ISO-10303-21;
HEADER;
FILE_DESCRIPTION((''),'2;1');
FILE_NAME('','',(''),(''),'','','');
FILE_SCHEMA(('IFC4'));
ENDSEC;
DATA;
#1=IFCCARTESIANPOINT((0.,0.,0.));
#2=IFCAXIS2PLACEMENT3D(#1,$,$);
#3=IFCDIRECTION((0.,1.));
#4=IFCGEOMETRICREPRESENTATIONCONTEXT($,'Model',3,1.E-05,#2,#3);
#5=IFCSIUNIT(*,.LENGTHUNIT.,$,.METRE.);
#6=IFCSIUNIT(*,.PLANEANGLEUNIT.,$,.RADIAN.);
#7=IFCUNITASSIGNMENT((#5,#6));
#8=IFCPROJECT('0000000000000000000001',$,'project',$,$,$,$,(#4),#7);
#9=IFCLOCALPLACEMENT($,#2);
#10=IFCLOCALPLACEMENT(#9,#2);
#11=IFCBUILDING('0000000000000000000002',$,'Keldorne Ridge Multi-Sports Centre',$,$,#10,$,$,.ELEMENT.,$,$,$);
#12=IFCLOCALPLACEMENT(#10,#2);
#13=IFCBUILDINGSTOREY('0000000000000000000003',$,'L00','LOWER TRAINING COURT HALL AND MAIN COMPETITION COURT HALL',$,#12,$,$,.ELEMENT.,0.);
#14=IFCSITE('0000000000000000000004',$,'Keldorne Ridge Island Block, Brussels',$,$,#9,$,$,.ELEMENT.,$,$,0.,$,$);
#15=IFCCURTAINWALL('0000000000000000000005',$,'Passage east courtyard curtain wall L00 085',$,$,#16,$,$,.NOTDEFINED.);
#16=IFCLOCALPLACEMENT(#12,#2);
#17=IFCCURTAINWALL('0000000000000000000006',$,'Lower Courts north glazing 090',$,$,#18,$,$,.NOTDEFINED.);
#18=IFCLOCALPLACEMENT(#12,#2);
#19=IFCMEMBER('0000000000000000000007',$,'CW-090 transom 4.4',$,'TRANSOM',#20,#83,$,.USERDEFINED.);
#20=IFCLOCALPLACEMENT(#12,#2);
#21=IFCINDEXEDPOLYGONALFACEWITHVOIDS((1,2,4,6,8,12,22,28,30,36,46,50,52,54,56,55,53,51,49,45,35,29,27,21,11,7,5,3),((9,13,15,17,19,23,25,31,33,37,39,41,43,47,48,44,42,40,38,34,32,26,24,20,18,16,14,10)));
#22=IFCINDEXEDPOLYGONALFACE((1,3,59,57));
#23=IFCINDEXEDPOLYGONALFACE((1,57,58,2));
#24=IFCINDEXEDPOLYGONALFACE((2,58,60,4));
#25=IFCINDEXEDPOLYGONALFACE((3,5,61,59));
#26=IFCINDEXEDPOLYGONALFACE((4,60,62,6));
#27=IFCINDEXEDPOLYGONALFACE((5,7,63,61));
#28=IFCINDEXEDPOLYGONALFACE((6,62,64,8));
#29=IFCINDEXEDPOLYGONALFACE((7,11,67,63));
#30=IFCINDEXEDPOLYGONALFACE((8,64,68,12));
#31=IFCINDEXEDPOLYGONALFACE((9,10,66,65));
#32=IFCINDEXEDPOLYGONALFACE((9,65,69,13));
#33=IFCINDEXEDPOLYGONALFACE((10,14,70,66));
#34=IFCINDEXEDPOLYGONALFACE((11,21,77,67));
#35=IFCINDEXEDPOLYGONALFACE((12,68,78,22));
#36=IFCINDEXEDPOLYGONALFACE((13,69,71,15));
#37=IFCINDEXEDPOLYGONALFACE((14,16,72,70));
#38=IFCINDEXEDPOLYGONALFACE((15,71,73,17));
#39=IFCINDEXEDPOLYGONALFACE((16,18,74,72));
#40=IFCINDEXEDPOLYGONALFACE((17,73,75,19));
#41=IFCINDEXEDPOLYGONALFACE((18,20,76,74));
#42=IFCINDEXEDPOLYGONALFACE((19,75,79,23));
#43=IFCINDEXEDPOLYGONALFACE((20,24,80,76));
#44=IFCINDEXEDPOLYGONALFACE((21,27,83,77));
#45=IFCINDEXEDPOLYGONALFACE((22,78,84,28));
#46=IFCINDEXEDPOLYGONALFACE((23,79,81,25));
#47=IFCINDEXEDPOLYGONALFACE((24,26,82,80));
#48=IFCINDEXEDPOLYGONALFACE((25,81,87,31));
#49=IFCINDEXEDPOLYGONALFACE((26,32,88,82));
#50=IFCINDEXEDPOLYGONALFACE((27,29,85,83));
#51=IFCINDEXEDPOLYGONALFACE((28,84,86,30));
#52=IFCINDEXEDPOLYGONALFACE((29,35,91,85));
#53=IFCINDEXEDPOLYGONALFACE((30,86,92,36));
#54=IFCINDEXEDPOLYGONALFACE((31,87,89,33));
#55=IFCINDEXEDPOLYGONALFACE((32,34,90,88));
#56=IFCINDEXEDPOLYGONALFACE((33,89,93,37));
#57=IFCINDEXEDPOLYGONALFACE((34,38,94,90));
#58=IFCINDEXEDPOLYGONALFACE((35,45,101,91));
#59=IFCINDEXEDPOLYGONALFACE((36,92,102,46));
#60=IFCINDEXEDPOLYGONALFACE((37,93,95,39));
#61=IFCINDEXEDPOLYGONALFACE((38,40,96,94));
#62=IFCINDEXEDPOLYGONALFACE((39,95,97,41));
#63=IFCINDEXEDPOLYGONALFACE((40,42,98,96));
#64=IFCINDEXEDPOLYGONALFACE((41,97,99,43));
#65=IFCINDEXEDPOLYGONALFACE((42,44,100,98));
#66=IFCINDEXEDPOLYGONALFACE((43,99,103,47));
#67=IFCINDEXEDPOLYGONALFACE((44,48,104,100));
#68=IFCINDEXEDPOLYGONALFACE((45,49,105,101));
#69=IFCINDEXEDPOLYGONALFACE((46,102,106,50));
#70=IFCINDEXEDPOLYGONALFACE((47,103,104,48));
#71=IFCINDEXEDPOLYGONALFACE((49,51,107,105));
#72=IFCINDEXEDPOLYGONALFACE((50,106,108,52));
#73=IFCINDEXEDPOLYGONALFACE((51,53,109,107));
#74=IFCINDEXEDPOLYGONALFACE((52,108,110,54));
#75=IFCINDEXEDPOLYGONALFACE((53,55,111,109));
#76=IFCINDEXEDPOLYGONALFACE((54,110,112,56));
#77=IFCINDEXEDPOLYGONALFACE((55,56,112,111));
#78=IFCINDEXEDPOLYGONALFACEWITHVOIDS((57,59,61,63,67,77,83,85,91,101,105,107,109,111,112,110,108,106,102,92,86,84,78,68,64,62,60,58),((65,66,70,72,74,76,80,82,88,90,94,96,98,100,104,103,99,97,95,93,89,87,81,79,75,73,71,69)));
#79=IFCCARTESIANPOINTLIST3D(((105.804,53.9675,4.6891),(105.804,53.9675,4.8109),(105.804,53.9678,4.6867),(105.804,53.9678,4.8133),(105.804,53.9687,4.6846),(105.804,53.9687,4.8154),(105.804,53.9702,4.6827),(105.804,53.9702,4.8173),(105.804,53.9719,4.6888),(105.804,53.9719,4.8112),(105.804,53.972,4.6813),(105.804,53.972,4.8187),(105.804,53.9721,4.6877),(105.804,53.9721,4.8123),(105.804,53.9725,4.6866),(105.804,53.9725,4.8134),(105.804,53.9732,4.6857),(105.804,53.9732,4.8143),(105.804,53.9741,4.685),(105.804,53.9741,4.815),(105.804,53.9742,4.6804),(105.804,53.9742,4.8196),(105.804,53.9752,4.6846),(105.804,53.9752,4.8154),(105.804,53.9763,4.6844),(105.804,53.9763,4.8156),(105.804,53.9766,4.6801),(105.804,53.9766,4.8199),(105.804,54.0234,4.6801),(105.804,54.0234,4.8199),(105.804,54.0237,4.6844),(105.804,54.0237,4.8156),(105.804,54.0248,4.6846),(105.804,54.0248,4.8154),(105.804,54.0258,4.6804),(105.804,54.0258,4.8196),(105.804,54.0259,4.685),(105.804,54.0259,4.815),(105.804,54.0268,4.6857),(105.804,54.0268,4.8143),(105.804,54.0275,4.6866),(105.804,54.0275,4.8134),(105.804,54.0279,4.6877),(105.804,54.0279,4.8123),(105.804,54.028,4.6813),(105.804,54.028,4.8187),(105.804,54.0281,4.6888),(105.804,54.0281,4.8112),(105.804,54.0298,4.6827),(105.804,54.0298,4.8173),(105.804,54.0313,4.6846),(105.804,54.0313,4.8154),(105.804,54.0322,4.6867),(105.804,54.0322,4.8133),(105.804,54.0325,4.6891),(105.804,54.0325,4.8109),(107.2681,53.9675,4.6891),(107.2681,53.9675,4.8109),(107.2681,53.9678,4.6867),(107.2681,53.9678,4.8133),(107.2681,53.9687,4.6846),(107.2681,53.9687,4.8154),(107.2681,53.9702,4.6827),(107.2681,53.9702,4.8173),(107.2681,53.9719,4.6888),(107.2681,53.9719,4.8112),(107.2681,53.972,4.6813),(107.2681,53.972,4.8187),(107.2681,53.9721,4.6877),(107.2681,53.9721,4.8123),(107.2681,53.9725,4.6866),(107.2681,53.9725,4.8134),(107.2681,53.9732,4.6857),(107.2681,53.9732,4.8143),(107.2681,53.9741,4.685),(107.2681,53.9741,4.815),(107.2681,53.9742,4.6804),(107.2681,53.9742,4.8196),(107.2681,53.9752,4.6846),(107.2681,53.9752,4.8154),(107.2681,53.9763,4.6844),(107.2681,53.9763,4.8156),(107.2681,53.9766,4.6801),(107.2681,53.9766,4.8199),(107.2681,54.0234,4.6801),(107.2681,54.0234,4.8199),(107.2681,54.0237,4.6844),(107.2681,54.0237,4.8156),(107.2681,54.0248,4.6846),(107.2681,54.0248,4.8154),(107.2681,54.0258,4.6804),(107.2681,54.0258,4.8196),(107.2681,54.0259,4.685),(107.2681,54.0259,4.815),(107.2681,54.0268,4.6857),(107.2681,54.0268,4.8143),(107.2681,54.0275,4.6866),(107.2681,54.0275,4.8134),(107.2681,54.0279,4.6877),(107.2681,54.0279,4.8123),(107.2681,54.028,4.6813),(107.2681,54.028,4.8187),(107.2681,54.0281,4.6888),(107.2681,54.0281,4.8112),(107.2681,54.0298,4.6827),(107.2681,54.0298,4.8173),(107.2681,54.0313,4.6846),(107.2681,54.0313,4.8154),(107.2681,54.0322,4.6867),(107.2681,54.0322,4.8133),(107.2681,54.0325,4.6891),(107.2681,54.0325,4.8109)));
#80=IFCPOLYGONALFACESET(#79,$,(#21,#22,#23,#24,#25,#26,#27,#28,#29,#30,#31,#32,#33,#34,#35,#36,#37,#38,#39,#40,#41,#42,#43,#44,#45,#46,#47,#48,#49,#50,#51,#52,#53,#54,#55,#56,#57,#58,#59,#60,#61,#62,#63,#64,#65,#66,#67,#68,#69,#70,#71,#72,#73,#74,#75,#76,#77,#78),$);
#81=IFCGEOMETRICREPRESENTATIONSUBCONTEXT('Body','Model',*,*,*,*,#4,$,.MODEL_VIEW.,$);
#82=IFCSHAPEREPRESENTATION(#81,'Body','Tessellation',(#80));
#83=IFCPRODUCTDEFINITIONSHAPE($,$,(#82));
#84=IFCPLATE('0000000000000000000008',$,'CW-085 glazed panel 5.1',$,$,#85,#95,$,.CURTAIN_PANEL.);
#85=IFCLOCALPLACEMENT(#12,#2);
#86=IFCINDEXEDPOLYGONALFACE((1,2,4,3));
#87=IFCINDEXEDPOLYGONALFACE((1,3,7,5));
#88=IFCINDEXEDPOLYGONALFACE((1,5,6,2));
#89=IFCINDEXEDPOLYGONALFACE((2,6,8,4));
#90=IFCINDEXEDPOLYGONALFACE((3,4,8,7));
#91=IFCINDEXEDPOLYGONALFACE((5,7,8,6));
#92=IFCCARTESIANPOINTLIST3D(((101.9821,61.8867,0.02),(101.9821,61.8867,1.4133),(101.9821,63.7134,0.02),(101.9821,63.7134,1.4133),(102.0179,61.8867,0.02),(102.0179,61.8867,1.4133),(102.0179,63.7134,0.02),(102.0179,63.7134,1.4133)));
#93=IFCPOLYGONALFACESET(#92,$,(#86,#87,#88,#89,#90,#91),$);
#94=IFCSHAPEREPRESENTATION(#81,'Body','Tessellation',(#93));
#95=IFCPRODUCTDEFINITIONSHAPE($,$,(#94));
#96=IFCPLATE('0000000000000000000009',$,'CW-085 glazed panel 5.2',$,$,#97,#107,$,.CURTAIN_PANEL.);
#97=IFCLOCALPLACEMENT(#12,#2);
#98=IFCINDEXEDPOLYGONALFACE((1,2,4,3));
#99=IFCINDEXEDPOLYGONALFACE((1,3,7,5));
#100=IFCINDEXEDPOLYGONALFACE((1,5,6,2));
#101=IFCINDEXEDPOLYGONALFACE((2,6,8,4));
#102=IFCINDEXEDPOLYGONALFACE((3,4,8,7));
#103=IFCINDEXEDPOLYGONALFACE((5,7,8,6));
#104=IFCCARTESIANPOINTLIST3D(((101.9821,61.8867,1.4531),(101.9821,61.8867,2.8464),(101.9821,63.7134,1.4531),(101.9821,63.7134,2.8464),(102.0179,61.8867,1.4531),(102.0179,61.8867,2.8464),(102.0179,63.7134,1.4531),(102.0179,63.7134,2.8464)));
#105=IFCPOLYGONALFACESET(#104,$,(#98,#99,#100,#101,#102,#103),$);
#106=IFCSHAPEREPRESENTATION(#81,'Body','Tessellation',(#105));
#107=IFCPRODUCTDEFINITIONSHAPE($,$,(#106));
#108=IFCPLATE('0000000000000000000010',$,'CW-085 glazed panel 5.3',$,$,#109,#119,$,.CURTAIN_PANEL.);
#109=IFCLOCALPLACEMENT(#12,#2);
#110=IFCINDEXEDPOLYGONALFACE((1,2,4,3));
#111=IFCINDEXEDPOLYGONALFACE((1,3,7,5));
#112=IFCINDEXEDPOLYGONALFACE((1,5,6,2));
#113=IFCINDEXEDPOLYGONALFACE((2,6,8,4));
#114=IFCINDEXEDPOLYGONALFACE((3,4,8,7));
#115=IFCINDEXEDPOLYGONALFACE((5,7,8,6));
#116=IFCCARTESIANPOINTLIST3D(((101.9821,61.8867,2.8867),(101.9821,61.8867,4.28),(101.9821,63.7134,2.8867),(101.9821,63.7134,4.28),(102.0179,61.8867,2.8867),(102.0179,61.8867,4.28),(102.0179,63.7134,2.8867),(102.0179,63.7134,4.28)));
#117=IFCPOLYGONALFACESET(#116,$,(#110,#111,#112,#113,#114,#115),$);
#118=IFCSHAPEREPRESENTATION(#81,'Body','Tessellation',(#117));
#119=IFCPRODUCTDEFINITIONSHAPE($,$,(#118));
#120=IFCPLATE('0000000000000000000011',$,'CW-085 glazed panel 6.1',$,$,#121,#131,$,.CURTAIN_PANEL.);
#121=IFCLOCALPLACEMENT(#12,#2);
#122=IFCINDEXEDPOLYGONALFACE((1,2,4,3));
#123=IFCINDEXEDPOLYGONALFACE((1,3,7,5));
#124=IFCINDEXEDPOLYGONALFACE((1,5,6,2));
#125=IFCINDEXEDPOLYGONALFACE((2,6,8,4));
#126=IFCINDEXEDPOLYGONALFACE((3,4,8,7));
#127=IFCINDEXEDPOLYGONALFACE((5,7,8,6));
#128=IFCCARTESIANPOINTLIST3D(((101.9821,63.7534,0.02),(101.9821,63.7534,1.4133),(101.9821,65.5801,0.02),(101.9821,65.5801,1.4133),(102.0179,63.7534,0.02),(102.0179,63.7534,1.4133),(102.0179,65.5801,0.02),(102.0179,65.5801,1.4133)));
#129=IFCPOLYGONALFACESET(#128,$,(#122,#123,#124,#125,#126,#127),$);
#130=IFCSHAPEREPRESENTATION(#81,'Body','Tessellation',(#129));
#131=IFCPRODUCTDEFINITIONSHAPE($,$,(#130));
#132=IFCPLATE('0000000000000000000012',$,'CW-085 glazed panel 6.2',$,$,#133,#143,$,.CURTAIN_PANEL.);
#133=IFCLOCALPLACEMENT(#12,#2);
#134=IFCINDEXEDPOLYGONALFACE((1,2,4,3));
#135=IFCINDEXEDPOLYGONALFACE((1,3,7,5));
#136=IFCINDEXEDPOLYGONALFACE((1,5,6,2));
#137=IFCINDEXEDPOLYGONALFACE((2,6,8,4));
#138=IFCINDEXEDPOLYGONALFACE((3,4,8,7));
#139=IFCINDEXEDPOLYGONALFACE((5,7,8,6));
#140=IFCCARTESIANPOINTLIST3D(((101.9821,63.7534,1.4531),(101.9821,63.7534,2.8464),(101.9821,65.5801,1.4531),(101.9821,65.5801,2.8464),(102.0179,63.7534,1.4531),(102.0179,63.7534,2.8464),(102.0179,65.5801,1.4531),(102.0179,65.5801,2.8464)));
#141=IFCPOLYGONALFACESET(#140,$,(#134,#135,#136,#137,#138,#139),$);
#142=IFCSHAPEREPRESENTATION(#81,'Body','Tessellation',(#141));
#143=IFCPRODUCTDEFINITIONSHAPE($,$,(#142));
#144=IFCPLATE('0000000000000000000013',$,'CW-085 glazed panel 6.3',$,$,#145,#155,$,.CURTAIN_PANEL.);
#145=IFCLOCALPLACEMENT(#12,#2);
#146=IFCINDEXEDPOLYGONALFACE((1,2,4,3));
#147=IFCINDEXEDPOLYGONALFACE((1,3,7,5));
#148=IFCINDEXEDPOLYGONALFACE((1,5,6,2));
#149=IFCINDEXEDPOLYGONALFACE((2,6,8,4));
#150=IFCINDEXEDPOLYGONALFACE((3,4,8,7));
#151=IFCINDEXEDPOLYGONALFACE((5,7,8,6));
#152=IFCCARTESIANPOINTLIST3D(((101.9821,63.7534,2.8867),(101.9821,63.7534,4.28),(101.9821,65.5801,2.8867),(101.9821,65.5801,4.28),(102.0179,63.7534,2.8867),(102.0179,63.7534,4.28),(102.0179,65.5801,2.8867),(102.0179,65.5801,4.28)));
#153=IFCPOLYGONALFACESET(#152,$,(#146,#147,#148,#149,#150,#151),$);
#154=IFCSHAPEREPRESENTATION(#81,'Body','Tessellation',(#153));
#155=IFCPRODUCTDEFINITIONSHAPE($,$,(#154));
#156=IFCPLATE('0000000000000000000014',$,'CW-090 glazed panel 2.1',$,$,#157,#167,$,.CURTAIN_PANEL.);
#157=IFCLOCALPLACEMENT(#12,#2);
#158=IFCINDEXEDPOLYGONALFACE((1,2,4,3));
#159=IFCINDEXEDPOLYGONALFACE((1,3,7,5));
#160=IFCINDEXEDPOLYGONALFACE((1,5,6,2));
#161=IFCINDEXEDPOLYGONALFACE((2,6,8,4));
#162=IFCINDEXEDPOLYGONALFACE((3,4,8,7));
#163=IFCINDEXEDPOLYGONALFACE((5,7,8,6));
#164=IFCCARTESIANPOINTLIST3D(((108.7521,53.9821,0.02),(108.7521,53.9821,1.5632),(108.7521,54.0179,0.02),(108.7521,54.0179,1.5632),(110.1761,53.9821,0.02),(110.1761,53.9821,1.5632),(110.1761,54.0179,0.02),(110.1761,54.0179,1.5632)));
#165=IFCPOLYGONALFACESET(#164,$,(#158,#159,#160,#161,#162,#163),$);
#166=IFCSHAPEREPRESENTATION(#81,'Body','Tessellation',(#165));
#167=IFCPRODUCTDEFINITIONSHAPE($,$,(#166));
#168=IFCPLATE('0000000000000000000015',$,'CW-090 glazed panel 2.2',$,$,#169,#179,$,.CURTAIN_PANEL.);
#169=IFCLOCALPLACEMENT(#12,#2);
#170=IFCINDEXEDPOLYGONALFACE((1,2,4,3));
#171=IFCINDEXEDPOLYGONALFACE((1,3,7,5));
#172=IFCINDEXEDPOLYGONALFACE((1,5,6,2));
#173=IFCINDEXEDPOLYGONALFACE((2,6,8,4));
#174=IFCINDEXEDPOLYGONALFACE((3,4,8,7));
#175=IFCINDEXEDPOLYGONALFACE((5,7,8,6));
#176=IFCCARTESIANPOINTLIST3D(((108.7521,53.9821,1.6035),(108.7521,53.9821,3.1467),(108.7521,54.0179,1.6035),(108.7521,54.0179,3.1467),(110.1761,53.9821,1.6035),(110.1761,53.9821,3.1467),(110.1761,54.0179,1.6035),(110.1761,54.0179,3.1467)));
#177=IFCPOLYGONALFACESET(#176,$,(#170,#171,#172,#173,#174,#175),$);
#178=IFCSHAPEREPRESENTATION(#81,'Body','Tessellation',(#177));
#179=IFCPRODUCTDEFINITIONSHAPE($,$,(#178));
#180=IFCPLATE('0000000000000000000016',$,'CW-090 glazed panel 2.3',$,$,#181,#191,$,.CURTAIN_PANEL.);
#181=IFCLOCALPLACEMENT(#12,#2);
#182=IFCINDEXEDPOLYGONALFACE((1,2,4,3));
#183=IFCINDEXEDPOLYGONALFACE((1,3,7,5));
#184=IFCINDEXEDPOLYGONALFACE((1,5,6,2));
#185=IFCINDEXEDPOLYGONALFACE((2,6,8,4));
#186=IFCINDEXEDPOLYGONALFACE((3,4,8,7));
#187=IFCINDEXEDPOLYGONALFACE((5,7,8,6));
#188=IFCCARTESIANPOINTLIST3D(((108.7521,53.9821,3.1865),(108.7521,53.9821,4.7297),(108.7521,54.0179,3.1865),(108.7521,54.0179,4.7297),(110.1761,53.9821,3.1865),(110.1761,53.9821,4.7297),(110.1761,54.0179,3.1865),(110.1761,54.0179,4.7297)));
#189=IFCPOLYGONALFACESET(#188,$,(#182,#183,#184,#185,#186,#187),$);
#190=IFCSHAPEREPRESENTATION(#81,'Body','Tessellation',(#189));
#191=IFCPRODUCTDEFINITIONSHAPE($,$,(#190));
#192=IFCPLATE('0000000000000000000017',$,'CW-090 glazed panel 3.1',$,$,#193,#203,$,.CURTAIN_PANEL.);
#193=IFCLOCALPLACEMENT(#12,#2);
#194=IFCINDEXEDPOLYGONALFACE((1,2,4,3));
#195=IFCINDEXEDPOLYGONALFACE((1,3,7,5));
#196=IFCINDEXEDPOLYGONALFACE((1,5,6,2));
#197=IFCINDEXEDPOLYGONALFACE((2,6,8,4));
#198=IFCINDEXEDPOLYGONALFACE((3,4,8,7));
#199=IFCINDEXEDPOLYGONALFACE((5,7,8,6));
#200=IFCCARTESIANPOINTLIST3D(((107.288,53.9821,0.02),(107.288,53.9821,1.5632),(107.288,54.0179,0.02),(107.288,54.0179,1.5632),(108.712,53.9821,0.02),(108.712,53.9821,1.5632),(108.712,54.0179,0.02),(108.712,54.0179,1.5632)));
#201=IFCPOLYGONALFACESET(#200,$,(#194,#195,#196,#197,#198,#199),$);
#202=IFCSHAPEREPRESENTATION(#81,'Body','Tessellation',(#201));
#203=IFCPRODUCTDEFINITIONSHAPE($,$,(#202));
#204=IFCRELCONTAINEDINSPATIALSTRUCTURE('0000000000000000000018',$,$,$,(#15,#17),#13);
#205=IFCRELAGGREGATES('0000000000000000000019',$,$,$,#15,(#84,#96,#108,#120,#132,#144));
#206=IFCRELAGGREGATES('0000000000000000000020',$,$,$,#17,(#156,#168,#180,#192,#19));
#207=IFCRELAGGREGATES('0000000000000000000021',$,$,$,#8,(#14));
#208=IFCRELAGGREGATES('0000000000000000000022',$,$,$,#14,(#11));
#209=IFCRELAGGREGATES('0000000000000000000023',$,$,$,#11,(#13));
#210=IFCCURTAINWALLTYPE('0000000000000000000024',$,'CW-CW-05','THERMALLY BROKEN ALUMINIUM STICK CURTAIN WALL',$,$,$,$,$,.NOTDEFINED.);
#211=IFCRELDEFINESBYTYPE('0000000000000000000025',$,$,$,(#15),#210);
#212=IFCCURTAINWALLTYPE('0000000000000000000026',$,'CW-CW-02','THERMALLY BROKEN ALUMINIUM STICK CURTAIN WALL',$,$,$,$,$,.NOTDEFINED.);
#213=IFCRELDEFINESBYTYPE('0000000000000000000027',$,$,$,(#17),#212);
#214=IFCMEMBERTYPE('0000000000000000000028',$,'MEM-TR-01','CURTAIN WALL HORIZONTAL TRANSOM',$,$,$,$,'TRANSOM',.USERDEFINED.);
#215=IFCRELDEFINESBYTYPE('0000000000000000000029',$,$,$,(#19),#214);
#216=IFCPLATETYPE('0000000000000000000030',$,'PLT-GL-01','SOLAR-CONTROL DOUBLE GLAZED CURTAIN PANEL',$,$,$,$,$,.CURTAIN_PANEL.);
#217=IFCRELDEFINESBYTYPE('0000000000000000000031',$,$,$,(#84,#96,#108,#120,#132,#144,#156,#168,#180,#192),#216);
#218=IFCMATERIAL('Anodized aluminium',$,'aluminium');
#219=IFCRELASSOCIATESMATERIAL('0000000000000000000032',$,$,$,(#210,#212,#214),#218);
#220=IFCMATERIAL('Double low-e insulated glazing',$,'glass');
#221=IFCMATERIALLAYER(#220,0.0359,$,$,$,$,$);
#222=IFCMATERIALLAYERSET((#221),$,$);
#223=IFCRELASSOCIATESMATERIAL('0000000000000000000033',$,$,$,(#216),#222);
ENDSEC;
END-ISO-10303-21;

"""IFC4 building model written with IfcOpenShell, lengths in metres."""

from ifc_helpers import new_model, si_unit, direction, frame, origin, origin_2d, place, context, subcontext, project, spatial, rectangle, hollow_rectangle, extrude, material, layer, layer_set, material_profile, profile_set, type_object, element, aggregate, save


model = new_model("IFC4")

# Units and contexts
model_context = context("Model", 3, precision=1e-05, world=origin(), true_north=direction((0.0, 1.0)))
body_context = subcontext(model_context, "Body", "Model", "MODEL_VIEW")
ifc_project = project(units=[si_unit("LENGTHUNIT", "METRE"), si_unit("PLANEANGLEUNIT", "RADIAN")], contexts=[model_context])

# Site, building, storey
site_placement = place(None, origin())
site = spatial("IfcSite", under=ifc_project, at=site_placement, Name="Keldorne Ridge Island Block, Brussels", CompositionType="ELEMENT", RefElevation=0.0)
building_placement = place(site_placement, origin())
building = spatial("IfcBuilding", under=site, at=building_placement, Name="Keldorne Ridge Multi-Sports Centre", CompositionType="ELEMENT")
storey_placement = place(building_placement, origin())
storey = spatial("IfcBuildingStorey", under=building, at=storey_placement, Name="L00", Description="LOWER TRAINING COURT HALL AND MAIN COMPETITION COURT HALL", CompositionType="ELEMENT", Elevation=0.0)

# Curtain walls
ifc_material_1 = material(Name="Anodized aluminium", Category="aluminium")
curtain_wall_type_1 = type_object("IfcCurtainWallType", Name="CW-CW-05", Description="THERMALLY BROKEN ALUMINIUM STICK CURTAIN WALL", PredefinedType="NOTDEFINED", material=ifc_material_1)
curtain_wall_1_placement = place(storey_placement, origin())
curtain_wall_1 = element("IfcCurtainWall", 1, at=curtain_wall_1_placement, inside=storey, type_object=curtain_wall_type_1, Name="Passage east courtyard curtain wall L00 085", PredefinedType="NOTDEFINED")
curtain_wall_type_2 = type_object("IfcCurtainWallType", Name="CW-CW-02", Description="THERMALLY BROKEN ALUMINIUM STICK CURTAIN WALL", PredefinedType="NOTDEFINED", material=ifc_material_1)
curtain_wall_2_placement = place(storey_placement, origin())
curtain_wall_2 = element("IfcCurtainWall", 2, at=curtain_wall_2_placement, inside=storey, type_object=curtain_wall_type_2, Name="Lower Courts north glazing 090", PredefinedType="NOTDEFINED")

# Member
ifc_material_profile_1 = material_profile(ifc_material_1, hollow_rectangle(XDim=0.0649, YDim=0.1399, WallThickness=0.0044, InnerFilletRadius=0.0044, OuterFilletRadius=0.009, at=origin_2d()), Name="ALU TRANSOM 140x65x4.5")
ifc_profile_set_1 = profile_set([ifc_material_profile_1], Name="Anodized aluminium")
member_type_1 = type_object("IfcMemberType", Name="MEM-TR-01", Description="CURTAIN WALL HORIZONTAL TRANSOM", ElementType="TRANSOM", PredefinedType="USERDEFINED", material=ifc_profile_set_1)
member_1_placement = place(storey_placement, frame((107.2681, 54.0, 4.75), z_axis=(-1.0, 0.0, 0.0), x_axis=(0.0, -1.0, 0.0)))
member_1 = element("IfcMember", 3, at=member_1_placement, type_object=member_type_1, Name="CW-090 transom 4.4", ObjectType="TRANSOM", PredefinedType="USERDEFINED", context=body_context, shape_type="SweptSolid", body=[
    extrude(hollow_rectangle(XDim=0.0649, YDim=0.1399, WallThickness=0.0044, InnerFilletRadius=0.0044, OuterFilletRadius=0.009, at=origin_2d()), origin(), (0.0, 0.0, 1.0), 1.4641),
])

# Plates
ifc_material_2 = material(Name="Double low-e insulated glazing", Category="glass")
ifc_layer = layer(ifc_material_2, 0.0359)
ifc_layer_set = layer_set([ifc_layer])
plate_type = type_object("IfcPlateType", Name="PLT-GL-01", Description="SOLAR-CONTROL DOUBLE GLAZED CURTAIN PANEL", PredefinedType="CURTAIN_PANEL", material=ifc_layer_set)
plate_1_placement = place(storey_placement, frame((102.0, 62.8, 0.02), z_axis=(0.0, 0.0, 1.0), x_axis=(0.0, 1.0, 0.0)))
plate_1 = element("IfcPlate", 4, at=plate_1_placement, type_object=plate_type, Name="CW-085 glazed panel 5.1", PredefinedType="CURTAIN_PANEL", context=body_context, shape_type="SweptSolid", body=[
    extrude(rectangle(XDim=1.8267, YDim=0.0359, at=origin_2d()), origin(), (0.0, 0.0, 1.0), 1.3933),
])
plate_2_placement = place(storey_placement, frame((102.0, 62.8, 1.4531), z_axis=(0.0, 0.0, 1.0), x_axis=(0.0, 1.0, 0.0)))
plate_2 = element("IfcPlate", 5, at=plate_2_placement, type_object=plate_type, Name="CW-085 glazed panel 5.2", PredefinedType="CURTAIN_PANEL", context=body_context, shape_type="SweptSolid", body=[
    extrude(rectangle(XDim=1.8267, YDim=0.0359, at=origin_2d()), origin(), (0.0, 0.0, 1.0), 1.3933),
])
plate_3_placement = place(storey_placement, frame((102.0, 62.8, 2.8867), z_axis=(0.0, 0.0, 1.0), x_axis=(0.0, 1.0, 0.0)))
plate_3 = element("IfcPlate", 6, at=plate_3_placement, type_object=plate_type, Name="CW-085 glazed panel 5.3", PredefinedType="CURTAIN_PANEL", context=body_context, shape_type="SweptSolid", body=[
    extrude(rectangle(XDim=1.8267, YDim=0.0359, at=origin_2d()), origin(), (0.0, 0.0, 1.0), 1.3933),
])
plate_4_placement = place(storey_placement, frame((102.0, 64.6667, 0.02), z_axis=(0.0, 0.0, 1.0), x_axis=(0.0, 1.0, 0.0)))
plate_4 = element("IfcPlate", 7, at=plate_4_placement, type_object=plate_type, Name="CW-085 glazed panel 6.1", PredefinedType="CURTAIN_PANEL", context=body_context, shape_type="SweptSolid", body=[
    extrude(rectangle(XDim=1.8267, YDim=0.0359, at=origin_2d()), origin(), (0.0, 0.0, 1.0), 1.3933),
])
plate_5_placement = place(storey_placement, frame((102.0, 64.6667, 1.4531), z_axis=(0.0, 0.0, 1.0), x_axis=(0.0, 1.0, 0.0)))
plate_5 = element("IfcPlate", 8, at=plate_5_placement, type_object=plate_type, Name="CW-085 glazed panel 6.2", PredefinedType="CURTAIN_PANEL", context=body_context, shape_type="SweptSolid", body=[
    extrude(rectangle(XDim=1.8267, YDim=0.0359, at=origin_2d()), origin(), (0.0, 0.0, 1.0), 1.3933),
])
plate_6_placement = place(storey_placement, frame((102.0, 64.6667, 2.8867), z_axis=(0.0, 0.0, 1.0), x_axis=(0.0, 1.0, 0.0)))
plate_6 = element("IfcPlate", 9, at=plate_6_placement, type_object=plate_type, Name="CW-085 glazed panel 6.3", PredefinedType="CURTAIN_PANEL", context=body_context, shape_type="SweptSolid", body=[
    extrude(rectangle(XDim=1.8267, YDim=0.0359, at=origin_2d()), origin(), (0.0, 0.0, 1.0), 1.3933),
])
aggregate(curtain_wall_1, [plate_1, plate_2, plate_3, plate_4, plate_5, plate_6])
plate_7_placement = place(storey_placement, frame((109.4641, 54.0, 0.02), z_axis=(0.0, 0.0, 1.0), x_axis=(-1.0, 0.0, 0.0)))
plate_7 = element("IfcPlate", 10, at=plate_7_placement, type_object=plate_type, Name="CW-090 glazed panel 2.1", PredefinedType="CURTAIN_PANEL", context=body_context, shape_type="SweptSolid", body=[
    extrude(rectangle(XDim=1.4241, YDim=0.0359, at=origin_2d()), origin(), (0.0, 0.0, 1.0), 1.5432),
])
plate_8_placement = place(storey_placement, frame((109.4641, 54.0, 1.6035), z_axis=(0.0, 0.0, 1.0), x_axis=(-1.0, 0.0, 0.0)))
plate_8 = element("IfcPlate", 11, at=plate_8_placement, type_object=plate_type, Name="CW-090 glazed panel 2.2", PredefinedType="CURTAIN_PANEL", context=body_context, shape_type="SweptSolid", body=[
    extrude(rectangle(XDim=1.4241, YDim=0.0359, at=origin_2d()), origin(), (0.0, 0.0, 1.0), 1.5432),
])
plate_9_placement = place(storey_placement, frame((109.4641, 54.0, 3.1865), z_axis=(0.0, 0.0, 1.0), x_axis=(-1.0, 0.0, 0.0)))
plate_9 = element("IfcPlate", 12, at=plate_9_placement, type_object=plate_type, Name="CW-090 glazed panel 2.3", PredefinedType="CURTAIN_PANEL", context=body_context, shape_type="SweptSolid", body=[
    extrude(rectangle(XDim=1.4241, YDim=0.0359, at=origin_2d()), origin(), (0.0, 0.0, 1.0), 1.5432),
])
plate_10_placement = place(storey_placement, frame((108.0, 54.0, 0.02), z_axis=(0.0, 0.0, 1.0), x_axis=(-1.0, 0.0, 0.0)))
plate_10 = element("IfcPlate", 13, at=plate_10_placement, type_object=plate_type, Name="CW-090 glazed panel 3.1", PredefinedType="CURTAIN_PANEL", context=body_context, shape_type="SweptSolid", body=[
    extrude(rectangle(XDim=1.4241, YDim=0.0359, at=origin_2d()), origin(), (0.0, 0.0, 1.0), 1.5432),
])
aggregate(curtain_wall_2, [plate_7, plate_8, plate_9, plate_10, member_1])

save(model, "model.ifc")
